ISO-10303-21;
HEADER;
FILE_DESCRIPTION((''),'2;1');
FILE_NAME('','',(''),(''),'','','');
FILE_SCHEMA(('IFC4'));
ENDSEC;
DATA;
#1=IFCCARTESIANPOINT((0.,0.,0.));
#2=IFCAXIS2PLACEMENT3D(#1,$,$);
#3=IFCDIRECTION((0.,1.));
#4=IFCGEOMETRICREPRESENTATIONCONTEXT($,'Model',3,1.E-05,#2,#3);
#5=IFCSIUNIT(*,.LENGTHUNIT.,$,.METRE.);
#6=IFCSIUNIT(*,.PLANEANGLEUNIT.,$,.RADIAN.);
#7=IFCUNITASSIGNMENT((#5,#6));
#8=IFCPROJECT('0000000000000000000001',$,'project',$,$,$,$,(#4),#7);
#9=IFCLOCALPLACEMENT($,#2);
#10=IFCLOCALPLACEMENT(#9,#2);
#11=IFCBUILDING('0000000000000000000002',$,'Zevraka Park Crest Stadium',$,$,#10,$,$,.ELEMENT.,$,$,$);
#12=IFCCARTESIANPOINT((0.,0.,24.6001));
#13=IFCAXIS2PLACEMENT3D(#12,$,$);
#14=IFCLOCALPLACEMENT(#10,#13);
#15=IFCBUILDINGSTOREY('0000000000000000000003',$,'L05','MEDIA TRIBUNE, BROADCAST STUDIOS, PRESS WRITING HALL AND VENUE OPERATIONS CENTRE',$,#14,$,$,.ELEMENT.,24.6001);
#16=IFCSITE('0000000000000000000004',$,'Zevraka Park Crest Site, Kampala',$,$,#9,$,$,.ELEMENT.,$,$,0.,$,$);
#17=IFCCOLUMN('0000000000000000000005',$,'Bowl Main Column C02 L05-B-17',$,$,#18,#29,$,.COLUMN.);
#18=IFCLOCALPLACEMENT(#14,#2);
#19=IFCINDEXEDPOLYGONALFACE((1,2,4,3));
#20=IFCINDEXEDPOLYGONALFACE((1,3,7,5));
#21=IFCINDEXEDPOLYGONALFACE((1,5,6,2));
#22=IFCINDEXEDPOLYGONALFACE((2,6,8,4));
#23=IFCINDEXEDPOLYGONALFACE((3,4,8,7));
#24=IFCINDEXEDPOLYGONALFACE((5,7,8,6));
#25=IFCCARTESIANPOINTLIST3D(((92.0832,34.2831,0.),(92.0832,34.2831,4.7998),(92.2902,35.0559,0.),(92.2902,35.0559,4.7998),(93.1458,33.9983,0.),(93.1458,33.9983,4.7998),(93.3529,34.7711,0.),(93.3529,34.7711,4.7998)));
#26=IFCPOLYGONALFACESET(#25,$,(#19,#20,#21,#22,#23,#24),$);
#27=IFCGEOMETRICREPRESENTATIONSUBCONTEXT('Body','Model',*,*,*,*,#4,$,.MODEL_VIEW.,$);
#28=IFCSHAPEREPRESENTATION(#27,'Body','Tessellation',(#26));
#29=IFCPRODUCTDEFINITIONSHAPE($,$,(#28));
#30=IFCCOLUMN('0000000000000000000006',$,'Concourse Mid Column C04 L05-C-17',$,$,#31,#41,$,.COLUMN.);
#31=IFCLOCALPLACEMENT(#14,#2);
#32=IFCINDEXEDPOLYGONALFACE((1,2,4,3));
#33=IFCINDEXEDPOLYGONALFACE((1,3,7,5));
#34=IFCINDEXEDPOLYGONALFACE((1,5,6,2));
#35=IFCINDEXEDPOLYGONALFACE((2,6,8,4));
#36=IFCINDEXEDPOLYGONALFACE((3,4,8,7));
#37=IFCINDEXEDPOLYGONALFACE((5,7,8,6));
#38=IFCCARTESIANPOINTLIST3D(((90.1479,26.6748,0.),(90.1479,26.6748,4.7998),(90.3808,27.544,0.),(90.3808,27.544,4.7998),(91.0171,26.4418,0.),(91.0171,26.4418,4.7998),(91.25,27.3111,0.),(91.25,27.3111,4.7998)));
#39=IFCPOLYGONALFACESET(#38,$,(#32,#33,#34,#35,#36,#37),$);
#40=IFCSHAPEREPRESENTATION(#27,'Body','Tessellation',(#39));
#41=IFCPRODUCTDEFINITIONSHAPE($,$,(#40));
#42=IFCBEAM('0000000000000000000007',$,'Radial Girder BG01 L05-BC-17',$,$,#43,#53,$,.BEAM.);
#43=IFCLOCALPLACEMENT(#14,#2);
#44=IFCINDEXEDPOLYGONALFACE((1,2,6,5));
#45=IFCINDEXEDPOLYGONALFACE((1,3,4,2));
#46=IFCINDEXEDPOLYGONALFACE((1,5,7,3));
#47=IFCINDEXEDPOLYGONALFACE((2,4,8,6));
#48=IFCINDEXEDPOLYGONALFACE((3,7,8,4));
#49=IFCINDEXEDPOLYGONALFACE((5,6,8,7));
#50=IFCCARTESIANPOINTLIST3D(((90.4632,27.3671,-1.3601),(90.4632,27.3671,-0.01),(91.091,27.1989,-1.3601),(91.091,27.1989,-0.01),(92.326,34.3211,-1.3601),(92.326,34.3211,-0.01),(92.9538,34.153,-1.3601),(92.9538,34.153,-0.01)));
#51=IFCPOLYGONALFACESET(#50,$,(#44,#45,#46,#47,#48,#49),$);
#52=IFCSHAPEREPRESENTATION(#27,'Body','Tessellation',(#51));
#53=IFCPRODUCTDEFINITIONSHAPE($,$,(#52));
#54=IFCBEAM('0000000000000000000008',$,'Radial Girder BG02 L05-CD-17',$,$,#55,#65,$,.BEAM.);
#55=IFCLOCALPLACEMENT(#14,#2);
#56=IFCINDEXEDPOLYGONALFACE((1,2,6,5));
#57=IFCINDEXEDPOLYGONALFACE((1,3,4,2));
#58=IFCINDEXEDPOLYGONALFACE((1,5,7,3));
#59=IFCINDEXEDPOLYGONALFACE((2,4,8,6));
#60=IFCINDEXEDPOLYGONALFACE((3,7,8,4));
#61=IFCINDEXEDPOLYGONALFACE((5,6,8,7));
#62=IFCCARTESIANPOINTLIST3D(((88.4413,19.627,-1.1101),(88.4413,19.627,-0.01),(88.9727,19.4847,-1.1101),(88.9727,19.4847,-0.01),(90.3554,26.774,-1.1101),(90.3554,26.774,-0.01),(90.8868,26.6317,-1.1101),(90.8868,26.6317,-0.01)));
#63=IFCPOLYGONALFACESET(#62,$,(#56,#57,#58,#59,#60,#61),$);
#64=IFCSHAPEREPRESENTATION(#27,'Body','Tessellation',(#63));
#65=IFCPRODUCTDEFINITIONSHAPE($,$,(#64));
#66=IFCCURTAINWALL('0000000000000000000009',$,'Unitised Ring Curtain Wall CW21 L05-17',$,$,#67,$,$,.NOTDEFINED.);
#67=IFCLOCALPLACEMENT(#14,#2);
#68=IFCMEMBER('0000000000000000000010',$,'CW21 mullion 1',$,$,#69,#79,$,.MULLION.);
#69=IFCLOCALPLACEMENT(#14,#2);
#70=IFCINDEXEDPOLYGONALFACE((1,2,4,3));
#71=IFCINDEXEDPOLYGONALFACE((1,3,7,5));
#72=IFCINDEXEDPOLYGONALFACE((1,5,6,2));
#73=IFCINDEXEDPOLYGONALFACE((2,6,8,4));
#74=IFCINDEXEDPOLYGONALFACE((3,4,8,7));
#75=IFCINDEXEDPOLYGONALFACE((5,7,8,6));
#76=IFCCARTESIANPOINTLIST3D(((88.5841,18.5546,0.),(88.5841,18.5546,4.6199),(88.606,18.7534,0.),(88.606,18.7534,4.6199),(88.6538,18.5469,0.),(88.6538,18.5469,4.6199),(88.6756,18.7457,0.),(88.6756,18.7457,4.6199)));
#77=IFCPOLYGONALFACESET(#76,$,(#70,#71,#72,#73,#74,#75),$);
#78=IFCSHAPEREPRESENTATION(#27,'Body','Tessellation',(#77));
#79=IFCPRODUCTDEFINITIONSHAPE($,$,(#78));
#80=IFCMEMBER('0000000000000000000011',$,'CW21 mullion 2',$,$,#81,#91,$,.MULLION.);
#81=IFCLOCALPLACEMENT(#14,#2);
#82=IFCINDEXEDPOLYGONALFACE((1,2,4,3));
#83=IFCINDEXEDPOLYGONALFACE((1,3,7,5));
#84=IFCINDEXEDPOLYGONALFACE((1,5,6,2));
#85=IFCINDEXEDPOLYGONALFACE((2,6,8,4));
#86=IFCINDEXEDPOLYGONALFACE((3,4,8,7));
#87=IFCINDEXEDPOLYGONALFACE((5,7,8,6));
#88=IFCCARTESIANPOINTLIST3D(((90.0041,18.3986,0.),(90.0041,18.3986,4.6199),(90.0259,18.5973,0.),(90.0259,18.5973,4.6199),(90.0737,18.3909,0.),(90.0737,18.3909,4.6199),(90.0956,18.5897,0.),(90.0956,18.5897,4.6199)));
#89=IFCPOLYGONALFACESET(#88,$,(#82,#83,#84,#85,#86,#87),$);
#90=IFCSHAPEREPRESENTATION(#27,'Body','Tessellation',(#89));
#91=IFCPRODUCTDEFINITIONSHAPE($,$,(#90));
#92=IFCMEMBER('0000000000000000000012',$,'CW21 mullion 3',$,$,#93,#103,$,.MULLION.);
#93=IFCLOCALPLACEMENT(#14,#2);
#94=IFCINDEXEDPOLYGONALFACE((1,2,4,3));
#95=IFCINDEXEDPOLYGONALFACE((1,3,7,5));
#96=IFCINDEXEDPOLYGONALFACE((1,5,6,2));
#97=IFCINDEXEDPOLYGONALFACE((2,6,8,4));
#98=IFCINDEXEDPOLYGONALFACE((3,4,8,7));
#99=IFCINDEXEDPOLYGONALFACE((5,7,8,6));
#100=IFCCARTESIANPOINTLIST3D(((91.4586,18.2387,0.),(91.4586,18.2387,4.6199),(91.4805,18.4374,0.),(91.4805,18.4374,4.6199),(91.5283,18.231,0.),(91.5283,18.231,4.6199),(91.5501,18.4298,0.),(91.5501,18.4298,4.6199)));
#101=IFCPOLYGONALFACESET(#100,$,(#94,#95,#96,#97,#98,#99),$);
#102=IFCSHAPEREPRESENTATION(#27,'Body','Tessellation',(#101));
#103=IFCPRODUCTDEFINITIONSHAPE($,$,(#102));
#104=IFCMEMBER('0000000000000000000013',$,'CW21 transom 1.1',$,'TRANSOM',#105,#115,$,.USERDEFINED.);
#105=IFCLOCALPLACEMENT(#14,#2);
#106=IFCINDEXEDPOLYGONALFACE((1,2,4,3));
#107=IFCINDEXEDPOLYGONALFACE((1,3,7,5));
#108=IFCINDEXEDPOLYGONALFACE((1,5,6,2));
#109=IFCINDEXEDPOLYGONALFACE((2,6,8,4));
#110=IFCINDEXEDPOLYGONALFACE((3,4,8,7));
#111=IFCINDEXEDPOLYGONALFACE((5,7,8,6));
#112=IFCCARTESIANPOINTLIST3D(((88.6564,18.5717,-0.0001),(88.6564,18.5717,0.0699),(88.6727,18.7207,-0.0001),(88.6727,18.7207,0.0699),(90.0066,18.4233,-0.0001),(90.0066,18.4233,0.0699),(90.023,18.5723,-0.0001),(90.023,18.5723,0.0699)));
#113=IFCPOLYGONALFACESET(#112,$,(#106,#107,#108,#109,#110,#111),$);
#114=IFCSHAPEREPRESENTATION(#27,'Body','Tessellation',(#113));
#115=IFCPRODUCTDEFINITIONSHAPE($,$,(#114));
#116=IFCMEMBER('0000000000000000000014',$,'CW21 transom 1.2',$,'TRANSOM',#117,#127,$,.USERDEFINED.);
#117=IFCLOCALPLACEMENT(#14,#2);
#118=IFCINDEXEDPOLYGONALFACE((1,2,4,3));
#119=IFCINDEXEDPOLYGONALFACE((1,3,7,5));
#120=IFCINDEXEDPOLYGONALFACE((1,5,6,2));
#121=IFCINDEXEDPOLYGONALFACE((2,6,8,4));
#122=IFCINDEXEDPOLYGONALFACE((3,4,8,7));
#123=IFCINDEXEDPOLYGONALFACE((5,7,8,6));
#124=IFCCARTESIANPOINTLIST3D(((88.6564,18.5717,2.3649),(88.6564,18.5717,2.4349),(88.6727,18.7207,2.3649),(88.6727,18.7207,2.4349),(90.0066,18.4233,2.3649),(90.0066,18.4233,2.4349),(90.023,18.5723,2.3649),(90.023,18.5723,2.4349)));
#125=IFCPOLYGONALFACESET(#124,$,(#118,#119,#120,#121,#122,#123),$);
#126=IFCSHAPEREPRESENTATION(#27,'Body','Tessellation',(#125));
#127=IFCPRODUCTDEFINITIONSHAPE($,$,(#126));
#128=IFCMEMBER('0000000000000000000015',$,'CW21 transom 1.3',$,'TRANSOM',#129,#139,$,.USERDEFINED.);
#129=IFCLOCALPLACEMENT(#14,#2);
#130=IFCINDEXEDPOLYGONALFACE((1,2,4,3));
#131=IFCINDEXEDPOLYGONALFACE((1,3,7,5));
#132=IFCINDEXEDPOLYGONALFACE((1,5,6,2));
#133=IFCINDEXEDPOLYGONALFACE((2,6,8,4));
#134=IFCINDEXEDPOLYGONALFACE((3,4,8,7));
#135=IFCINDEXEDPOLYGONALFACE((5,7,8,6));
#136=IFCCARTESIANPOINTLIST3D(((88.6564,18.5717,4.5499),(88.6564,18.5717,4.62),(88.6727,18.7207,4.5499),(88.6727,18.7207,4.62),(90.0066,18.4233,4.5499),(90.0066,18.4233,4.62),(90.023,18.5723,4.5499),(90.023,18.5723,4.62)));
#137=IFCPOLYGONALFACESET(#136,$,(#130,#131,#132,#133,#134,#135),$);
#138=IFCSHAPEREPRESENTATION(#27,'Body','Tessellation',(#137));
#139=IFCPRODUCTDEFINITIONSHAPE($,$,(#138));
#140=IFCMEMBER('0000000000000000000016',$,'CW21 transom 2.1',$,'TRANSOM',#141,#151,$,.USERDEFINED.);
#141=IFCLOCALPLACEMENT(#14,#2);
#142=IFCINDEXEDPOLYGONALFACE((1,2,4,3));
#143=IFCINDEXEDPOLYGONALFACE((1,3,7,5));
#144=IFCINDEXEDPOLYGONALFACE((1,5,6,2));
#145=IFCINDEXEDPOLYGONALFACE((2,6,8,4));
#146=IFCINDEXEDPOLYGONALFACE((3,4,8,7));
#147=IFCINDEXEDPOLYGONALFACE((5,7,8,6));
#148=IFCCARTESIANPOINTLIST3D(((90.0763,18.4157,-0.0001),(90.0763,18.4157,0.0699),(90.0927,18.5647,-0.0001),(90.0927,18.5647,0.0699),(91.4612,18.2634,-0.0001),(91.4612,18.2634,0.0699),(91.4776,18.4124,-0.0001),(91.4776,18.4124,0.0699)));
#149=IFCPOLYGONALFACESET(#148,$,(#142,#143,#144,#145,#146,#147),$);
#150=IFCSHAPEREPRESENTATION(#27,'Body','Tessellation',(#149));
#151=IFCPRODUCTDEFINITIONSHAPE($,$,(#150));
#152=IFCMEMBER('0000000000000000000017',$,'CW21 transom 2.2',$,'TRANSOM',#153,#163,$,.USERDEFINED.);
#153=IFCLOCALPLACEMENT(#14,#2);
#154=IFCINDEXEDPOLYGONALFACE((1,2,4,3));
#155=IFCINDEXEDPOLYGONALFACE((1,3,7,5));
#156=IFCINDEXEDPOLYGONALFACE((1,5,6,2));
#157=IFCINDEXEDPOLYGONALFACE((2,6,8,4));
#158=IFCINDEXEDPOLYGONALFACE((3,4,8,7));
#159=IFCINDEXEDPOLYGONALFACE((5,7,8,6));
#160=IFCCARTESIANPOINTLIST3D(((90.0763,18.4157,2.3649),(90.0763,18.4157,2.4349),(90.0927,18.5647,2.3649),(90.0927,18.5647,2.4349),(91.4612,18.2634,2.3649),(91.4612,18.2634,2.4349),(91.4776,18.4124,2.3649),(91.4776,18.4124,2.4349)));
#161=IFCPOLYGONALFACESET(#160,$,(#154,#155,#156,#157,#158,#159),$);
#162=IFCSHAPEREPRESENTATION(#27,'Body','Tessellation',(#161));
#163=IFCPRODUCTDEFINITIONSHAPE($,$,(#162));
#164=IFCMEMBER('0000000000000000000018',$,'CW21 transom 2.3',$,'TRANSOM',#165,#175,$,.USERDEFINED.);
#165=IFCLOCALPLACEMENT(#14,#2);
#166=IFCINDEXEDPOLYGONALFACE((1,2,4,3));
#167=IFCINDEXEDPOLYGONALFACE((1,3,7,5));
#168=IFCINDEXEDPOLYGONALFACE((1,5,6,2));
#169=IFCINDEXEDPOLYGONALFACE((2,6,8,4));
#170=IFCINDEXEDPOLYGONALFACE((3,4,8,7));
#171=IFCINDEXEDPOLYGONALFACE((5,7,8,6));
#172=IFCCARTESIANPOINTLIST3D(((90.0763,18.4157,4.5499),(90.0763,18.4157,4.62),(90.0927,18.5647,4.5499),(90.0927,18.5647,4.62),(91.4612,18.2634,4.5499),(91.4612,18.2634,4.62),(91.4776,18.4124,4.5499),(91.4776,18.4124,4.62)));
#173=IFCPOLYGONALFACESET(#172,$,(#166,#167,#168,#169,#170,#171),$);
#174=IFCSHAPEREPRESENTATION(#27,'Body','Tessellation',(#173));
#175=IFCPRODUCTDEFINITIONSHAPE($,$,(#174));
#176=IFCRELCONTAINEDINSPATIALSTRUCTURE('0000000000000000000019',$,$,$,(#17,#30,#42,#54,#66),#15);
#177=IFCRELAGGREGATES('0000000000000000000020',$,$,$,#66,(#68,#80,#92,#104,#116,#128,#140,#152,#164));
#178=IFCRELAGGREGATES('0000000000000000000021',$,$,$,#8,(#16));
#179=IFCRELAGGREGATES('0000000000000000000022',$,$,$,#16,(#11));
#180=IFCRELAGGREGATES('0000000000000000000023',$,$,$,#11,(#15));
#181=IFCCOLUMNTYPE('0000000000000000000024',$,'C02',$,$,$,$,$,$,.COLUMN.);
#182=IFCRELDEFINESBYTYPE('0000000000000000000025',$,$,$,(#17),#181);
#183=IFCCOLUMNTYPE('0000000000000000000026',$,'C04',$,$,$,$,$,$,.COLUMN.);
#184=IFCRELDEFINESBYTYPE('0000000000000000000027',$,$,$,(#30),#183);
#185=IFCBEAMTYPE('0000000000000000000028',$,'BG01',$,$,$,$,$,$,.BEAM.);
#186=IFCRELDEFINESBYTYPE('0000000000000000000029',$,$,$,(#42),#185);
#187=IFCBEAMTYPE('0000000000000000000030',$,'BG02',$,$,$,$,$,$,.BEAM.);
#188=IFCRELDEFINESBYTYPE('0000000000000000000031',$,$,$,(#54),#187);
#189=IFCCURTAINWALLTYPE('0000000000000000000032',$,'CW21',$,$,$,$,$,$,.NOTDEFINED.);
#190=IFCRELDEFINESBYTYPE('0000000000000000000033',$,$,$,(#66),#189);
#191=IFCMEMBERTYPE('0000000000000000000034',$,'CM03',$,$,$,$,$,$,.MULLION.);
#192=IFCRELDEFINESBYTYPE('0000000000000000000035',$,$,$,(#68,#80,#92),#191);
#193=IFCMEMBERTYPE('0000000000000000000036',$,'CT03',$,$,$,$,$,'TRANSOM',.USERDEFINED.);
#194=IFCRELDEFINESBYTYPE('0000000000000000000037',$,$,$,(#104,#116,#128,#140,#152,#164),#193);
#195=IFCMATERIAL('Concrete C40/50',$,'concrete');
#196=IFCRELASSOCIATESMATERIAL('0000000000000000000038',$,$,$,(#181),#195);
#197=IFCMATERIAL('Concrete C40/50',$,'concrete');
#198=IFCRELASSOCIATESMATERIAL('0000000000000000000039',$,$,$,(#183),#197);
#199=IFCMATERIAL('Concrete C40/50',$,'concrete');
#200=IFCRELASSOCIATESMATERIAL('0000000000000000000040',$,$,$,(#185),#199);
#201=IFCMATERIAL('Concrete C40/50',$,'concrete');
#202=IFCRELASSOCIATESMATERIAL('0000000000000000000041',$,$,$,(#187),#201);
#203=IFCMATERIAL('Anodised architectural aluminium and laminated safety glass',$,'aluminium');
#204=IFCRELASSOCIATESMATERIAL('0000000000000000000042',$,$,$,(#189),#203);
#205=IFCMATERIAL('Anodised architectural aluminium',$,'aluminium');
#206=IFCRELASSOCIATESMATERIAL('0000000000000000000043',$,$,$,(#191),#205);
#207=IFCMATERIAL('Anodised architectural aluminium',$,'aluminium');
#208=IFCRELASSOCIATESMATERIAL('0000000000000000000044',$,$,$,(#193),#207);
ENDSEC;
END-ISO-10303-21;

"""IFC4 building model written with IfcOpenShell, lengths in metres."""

from ifc_helpers import new_model, si_unit, direction, frame, origin, origin_2d, place, context, subcontext, project, spatial, rectangle, extrude, material, material_profile, profile_set, type_object, element, aggregate, save


model = new_model("IFC4")

# Units and contexts
model_context = context("Model", 3, precision=1e-05, world=origin(), true_north=direction((0.0, 1.0)))
body_context = subcontext(model_context, "Body", "Model", "MODEL_VIEW")
ifc_project = project(units=[si_unit("LENGTHUNIT", "METRE"), si_unit("PLANEANGLEUNIT", "RADIAN")], contexts=[model_context])

# Site, building, storey
site_placement = place(None, origin())
site = spatial("IfcSite", under=ifc_project, at=site_placement, Name="Zevraka Park Crest Site, Kampala", CompositionType="ELEMENT", RefElevation=0.0)
building_placement = place(site_placement, origin())
building = spatial("IfcBuilding", under=site, at=building_placement, Name="Zevraka Park Crest Stadium", CompositionType="ELEMENT")
storey_placement = place(building_placement, frame((0.0, 0.0, 24.6001)))
storey = spatial("IfcBuildingStorey", under=building, at=storey_placement, Name="L05", Description="MEDIA TRIBUNE, BROADCAST STUDIOS, PRESS WRITING HALL AND VENUE OPERATIONS CENTRE", CompositionType="ELEMENT", Elevation=24.6001)

# Columns
ifc_material_1 = material(Name="Concrete C40/50", Category="concrete")
ifc_material_profile_1 = material_profile(ifc_material_1, rectangle(XDim=0.8, YDim=1.1001, at=origin_2d()), Name="RC 1100x800")
ifc_profile_set_1 = profile_set([ifc_material_profile_1], Name="Concrete C40/50")
column_type_1 = type_object("IfcColumnType", Name="C02", PredefinedType="COLUMN", material=ifc_profile_set_1)
column_1_placement = place(storey_placement, frame((92.718, 34.5271, 0.0), z_axis=(0.0, 0.0, 1.0), x_axis=(0.258819, 0.965926, 0.0)))
element("IfcColumn", 1, at=column_1_placement, inside=storey, type_object=column_type_1, Name="Bowl Main Column C02 L05-B-17", PredefinedType="COLUMN", context=body_context, shape_type="SweptSolid", body=[
    extrude(rectangle(XDim=0.8, YDim=1.1001, at=origin_2d()), origin(), (0.0, 0.0, 1.0), 4.7998),
])
ifc_material_2 = material(Name="Concrete C40/50", Category="concrete")
ifc_material_profile_2 = material_profile(ifc_material_2, rectangle(XDim=0.8999, YDim=0.8999, at=origin_2d()), Name="RC 900x900")
ifc_profile_set_2 = profile_set([ifc_material_profile_2], Name="Concrete C40/50")
column_type_2 = type_object("IfcColumnType", Name="C04", PredefinedType="COLUMN", material=ifc_profile_set_2)
column_2_placement = place(storey_placement, frame((90.699, 26.9929, 0.0), z_axis=(0.0, 0.0, 1.0), x_axis=(0.258819, 0.965926, 0.0)))
element("IfcColumn", 2, at=column_2_placement, inside=storey, type_object=column_type_2, Name="Concourse Mid Column C04 L05-C-17", PredefinedType="COLUMN", context=body_context, shape_type="SweptSolid", body=[
    extrude(rectangle(XDim=0.8999, YDim=0.8999, at=origin_2d()), origin(), (0.0, 0.0, 1.0), 4.7998),
])

# Beams
ifc_material_3 = material(Name="Concrete C40/50", Category="concrete")
ifc_material_profile_3 = material_profile(ifc_material_3, rectangle(XDim=0.6499, YDim=1.3501, at=origin_2d()), Name="RC 1350x650")
ifc_profile_set_3 = profile_set([ifc_material_profile_3], Name="Concrete C40/50")
beam_type_1 = type_object("IfcBeamType", Name="BG01", PredefinedType="BEAM", material=ifc_profile_set_3)
beam_1_placement = place(storey_placement, frame((92.6399, 34.2371, -0.6851), z_axis=(-0.258747, -0.965945, 0.0), x_axis=(0.965945, -0.258747, 0.0)))
element("IfcBeam", 3, at=beam_1_placement, inside=storey, type_object=beam_type_1, Name="Radial Girder BG01 L05-BC-17", PredefinedType="BEAM", context=body_context, shape_type="SweptSolid", body=[
    extrude(rectangle(XDim=0.6499, YDim=1.3501, at=origin_2d()), origin(), (0.0, 0.0, 1.0), 7.1992),
])
ifc_material_4 = material(Name="Concrete C40/50", Category="concrete")
ifc_material_profile_4 = material_profile(ifc_material_4, rectangle(XDim=0.55, YDim=1.1001, at=origin_2d()), Name="RC 1100x550")
ifc_profile_set_4 = profile_set([ifc_material_profile_4], Name="Concrete C40/50")
beam_type_2 = type_object("IfcBeamType", Name="BG02", PredefinedType="BEAM", material=ifc_profile_set_4)
beam_2_placement = place(storey_placement, frame((90.6211, 26.7029, -0.5601), z_axis=(-0.258698, -0.965958, 0.0), x_axis=(0.965958, -0.258698, 0.0)))
element("IfcBeam", 4, at=beam_2_placement, inside=storey, type_object=beam_type_2, Name="Radial Girder BG02 L05-CD-17", PredefinedType="BEAM", context=body_context, shape_type="SweptSolid", body=[
    extrude(rectangle(XDim=0.55, YDim=1.1001, at=origin_2d()), origin(), (0.0, 0.0, 1.0), 7.3989),
])

# Curtain wall, members
ifc_material_5 = material(Name="Anodised architectural aluminium and laminated safety glass", Category="aluminium")
curtain_wall_type = type_object("IfcCurtainWallType", Name="CW21", PredefinedType="NOTDEFINED", material=ifc_material_5)
curtain_wall_placement = place(storey_placement, origin())
curtain_wall = element("IfcCurtainWall", 5, at=curtain_wall_placement, inside=storey, type_object=curtain_wall_type, Name="Unitised Ring Curtain Wall CW21 L05-17", PredefinedType="NOTDEFINED")
ifc_material_6 = material(Name="Anodised architectural aluminium", Category="aluminium")
ifc_material_profile_5 = material_profile(ifc_material_6, rectangle(XDim=0.2, YDim=0.0701, at=origin_2d()), Name="ALU MULLION 200x70")
ifc_profile_set_5 = profile_set([ifc_material_profile_5], Name="Anodised architectural aluminium")
member_type_1 = type_object("IfcMemberType", Name="CM03", PredefinedType="MULLION", material=ifc_profile_set_5)
member_1_placement = place(storey_placement, frame((88.6299, 18.6501, 0.0), z_axis=(0.0, 0.0, 1.0), x_axis=(0.109288, 0.99401, 0.0)))
member_1 = element("IfcMember", 6, at=member_1_placement, type_object=member_type_1, Name="CW21 mullion 1", PredefinedType="MULLION", context=body_context, shape_type="SweptSolid", body=[
    extrude(rectangle(XDim=0.2, YDim=0.0701, at=origin_2d()), origin(), (0.0, 0.0, 1.0), 4.6199),
])
member_2_placement = place(storey_placement, frame((90.0498, 18.4941, 0.0), z_axis=(0.0, 0.0, 1.0), x_axis=(0.109288, 0.99401, 0.0)))
member_2 = element("IfcMember", 7, at=member_2_placement, type_object=member_type_1, Name="CW21 mullion 2", PredefinedType="MULLION", context=body_context, shape_type="SweptSolid", body=[
    extrude(rectangle(XDim=0.2, YDim=0.0701, at=origin_2d()), origin(), (0.0, 0.0, 1.0), 4.6199),
])
member_3_placement = place(storey_placement, frame((91.5044, 18.3342, 0.0), z_axis=(0.0, 0.0, 1.0), x_axis=(0.109288, 0.99401, 0.0)))
member_3 = element("IfcMember", 8, at=member_3_placement, type_object=member_type_1, Name="CW21 mullion 3", PredefinedType="MULLION", context=body_context, shape_type="SweptSolid", body=[
    extrude(rectangle(XDim=0.2, YDim=0.0701, at=origin_2d()), origin(), (0.0, 0.0, 1.0), 4.6199),
])
ifc_material_7 = material(Name="Anodised architectural aluminium", Category="aluminium")
ifc_material_profile_6 = material_profile(ifc_material_7, rectangle(XDim=0.1499, YDim=0.0701, at=origin_2d()), Name="ALU TRANSOM 150x70")
ifc_profile_set_6 = profile_set([ifc_material_profile_6], Name="Anodised architectural aluminium")
member_type_2 = type_object("IfcMemberType", Name="CT03", ElementType="TRANSOM", PredefinedType="USERDEFINED", material=ifc_profile_set_6)
member_4_placement = place(storey_placement, frame((88.6646, 18.6462, 0.0349), z_axis=(0.994012, -0.109268, 0.0), x_axis=(0.109268, 0.994012, 0.0)))
member_4 = element("IfcMember", 9, at=member_4_placement, type_object=member_type_2, Name="CW21 transom 1.1", ObjectType="TRANSOM", PredefinedType="USERDEFINED", context=body_context, shape_type="SweptSolid", body=[
    extrude(rectangle(XDim=0.1499, YDim=0.0701, at=origin_2d()), origin(), (0.0, 0.0, 1.0), 1.3584),
])
member_5_placement = place(storey_placement, frame((88.6646, 18.6462, 2.3999), z_axis=(0.994012, -0.109268, 0.0), x_axis=(0.109268, 0.994012, 0.0)))
member_5 = element("IfcMember", 10, at=member_5_placement, type_object=member_type_2, Name="CW21 transom 1.2", ObjectType="TRANSOM", PredefinedType="USERDEFINED", context=body_context, shape_type="SweptSolid", body=[
    extrude(rectangle(XDim=0.1499, YDim=0.0701, at=origin_2d()), origin(), (0.0, 0.0, 1.0), 1.3584),
])
member_6_placement = place(storey_placement, frame((88.6646, 18.6462, 4.585), z_axis=(0.994012, -0.109268, 0.0), x_axis=(0.109268, 0.994012, 0.0)))
member_6 = element("IfcMember", 11, at=member_6_placement, type_object=member_type_2, Name="CW21 transom 1.3", ObjectType="TRANSOM", PredefinedType="USERDEFINED", context=body_context, shape_type="SweptSolid", body=[
    extrude(rectangle(XDim=0.1499, YDim=0.0701, at=origin_2d()), origin(), (0.0, 0.0, 1.0), 1.3584),
])
member_7_placement = place(storey_placement, frame((90.0845, 18.4902, 0.0349), z_axis=(0.994005, -0.109335, 0.0), x_axis=(0.109335, 0.994005, 0.0)))
member_7 = element("IfcMember", 12, at=member_7_placement, type_object=member_type_2, Name="CW21 transom 2.1", ObjectType="TRANSOM", PredefinedType="USERDEFINED", context=body_context, shape_type="SweptSolid", body=[
    extrude(rectangle(XDim=0.1499, YDim=0.0701, at=origin_2d()), origin(), (0.0, 0.0, 1.0), 1.3933),
])
member_8_placement = place(storey_placement, frame((90.0845, 18.4902, 2.3999), z_axis=(0.994005, -0.109335, 0.0), x_axis=(0.109335, 0.994005, 0.0)))
member_8 = element("IfcMember", 13, at=member_8_placement, type_object=member_type_2, Name="CW21 transom 2.2", ObjectType="TRANSOM", PredefinedType="USERDEFINED", context=body_context, shape_type="SweptSolid", body=[
    extrude(rectangle(XDim=0.1499, YDim=0.0701, at=origin_2d()), origin(), (0.0, 0.0, 1.0), 1.3933),
])
member_9_placement = place(storey_placement, frame((90.0845, 18.4902, 4.585), z_axis=(0.994005, -0.109335, 0.0), x_axis=(0.109335, 0.994005, 0.0)))
member_9 = element("IfcMember", 14, at=member_9_placement, type_object=member_type_2, Name="CW21 transom 2.3", ObjectType="TRANSOM", PredefinedType="USERDEFINED", context=body_context, shape_type="SweptSolid", body=[
    extrude(rectangle(XDim=0.1499, YDim=0.0701, at=origin_2d()), origin(), (0.0, 0.0, 1.0), 1.3933),
])

aggregate(curtain_wall, [member_1, member_2, member_3, member_4, member_5, member_6, member_7, member_8, member_9])

save(model, "model.ifc")
